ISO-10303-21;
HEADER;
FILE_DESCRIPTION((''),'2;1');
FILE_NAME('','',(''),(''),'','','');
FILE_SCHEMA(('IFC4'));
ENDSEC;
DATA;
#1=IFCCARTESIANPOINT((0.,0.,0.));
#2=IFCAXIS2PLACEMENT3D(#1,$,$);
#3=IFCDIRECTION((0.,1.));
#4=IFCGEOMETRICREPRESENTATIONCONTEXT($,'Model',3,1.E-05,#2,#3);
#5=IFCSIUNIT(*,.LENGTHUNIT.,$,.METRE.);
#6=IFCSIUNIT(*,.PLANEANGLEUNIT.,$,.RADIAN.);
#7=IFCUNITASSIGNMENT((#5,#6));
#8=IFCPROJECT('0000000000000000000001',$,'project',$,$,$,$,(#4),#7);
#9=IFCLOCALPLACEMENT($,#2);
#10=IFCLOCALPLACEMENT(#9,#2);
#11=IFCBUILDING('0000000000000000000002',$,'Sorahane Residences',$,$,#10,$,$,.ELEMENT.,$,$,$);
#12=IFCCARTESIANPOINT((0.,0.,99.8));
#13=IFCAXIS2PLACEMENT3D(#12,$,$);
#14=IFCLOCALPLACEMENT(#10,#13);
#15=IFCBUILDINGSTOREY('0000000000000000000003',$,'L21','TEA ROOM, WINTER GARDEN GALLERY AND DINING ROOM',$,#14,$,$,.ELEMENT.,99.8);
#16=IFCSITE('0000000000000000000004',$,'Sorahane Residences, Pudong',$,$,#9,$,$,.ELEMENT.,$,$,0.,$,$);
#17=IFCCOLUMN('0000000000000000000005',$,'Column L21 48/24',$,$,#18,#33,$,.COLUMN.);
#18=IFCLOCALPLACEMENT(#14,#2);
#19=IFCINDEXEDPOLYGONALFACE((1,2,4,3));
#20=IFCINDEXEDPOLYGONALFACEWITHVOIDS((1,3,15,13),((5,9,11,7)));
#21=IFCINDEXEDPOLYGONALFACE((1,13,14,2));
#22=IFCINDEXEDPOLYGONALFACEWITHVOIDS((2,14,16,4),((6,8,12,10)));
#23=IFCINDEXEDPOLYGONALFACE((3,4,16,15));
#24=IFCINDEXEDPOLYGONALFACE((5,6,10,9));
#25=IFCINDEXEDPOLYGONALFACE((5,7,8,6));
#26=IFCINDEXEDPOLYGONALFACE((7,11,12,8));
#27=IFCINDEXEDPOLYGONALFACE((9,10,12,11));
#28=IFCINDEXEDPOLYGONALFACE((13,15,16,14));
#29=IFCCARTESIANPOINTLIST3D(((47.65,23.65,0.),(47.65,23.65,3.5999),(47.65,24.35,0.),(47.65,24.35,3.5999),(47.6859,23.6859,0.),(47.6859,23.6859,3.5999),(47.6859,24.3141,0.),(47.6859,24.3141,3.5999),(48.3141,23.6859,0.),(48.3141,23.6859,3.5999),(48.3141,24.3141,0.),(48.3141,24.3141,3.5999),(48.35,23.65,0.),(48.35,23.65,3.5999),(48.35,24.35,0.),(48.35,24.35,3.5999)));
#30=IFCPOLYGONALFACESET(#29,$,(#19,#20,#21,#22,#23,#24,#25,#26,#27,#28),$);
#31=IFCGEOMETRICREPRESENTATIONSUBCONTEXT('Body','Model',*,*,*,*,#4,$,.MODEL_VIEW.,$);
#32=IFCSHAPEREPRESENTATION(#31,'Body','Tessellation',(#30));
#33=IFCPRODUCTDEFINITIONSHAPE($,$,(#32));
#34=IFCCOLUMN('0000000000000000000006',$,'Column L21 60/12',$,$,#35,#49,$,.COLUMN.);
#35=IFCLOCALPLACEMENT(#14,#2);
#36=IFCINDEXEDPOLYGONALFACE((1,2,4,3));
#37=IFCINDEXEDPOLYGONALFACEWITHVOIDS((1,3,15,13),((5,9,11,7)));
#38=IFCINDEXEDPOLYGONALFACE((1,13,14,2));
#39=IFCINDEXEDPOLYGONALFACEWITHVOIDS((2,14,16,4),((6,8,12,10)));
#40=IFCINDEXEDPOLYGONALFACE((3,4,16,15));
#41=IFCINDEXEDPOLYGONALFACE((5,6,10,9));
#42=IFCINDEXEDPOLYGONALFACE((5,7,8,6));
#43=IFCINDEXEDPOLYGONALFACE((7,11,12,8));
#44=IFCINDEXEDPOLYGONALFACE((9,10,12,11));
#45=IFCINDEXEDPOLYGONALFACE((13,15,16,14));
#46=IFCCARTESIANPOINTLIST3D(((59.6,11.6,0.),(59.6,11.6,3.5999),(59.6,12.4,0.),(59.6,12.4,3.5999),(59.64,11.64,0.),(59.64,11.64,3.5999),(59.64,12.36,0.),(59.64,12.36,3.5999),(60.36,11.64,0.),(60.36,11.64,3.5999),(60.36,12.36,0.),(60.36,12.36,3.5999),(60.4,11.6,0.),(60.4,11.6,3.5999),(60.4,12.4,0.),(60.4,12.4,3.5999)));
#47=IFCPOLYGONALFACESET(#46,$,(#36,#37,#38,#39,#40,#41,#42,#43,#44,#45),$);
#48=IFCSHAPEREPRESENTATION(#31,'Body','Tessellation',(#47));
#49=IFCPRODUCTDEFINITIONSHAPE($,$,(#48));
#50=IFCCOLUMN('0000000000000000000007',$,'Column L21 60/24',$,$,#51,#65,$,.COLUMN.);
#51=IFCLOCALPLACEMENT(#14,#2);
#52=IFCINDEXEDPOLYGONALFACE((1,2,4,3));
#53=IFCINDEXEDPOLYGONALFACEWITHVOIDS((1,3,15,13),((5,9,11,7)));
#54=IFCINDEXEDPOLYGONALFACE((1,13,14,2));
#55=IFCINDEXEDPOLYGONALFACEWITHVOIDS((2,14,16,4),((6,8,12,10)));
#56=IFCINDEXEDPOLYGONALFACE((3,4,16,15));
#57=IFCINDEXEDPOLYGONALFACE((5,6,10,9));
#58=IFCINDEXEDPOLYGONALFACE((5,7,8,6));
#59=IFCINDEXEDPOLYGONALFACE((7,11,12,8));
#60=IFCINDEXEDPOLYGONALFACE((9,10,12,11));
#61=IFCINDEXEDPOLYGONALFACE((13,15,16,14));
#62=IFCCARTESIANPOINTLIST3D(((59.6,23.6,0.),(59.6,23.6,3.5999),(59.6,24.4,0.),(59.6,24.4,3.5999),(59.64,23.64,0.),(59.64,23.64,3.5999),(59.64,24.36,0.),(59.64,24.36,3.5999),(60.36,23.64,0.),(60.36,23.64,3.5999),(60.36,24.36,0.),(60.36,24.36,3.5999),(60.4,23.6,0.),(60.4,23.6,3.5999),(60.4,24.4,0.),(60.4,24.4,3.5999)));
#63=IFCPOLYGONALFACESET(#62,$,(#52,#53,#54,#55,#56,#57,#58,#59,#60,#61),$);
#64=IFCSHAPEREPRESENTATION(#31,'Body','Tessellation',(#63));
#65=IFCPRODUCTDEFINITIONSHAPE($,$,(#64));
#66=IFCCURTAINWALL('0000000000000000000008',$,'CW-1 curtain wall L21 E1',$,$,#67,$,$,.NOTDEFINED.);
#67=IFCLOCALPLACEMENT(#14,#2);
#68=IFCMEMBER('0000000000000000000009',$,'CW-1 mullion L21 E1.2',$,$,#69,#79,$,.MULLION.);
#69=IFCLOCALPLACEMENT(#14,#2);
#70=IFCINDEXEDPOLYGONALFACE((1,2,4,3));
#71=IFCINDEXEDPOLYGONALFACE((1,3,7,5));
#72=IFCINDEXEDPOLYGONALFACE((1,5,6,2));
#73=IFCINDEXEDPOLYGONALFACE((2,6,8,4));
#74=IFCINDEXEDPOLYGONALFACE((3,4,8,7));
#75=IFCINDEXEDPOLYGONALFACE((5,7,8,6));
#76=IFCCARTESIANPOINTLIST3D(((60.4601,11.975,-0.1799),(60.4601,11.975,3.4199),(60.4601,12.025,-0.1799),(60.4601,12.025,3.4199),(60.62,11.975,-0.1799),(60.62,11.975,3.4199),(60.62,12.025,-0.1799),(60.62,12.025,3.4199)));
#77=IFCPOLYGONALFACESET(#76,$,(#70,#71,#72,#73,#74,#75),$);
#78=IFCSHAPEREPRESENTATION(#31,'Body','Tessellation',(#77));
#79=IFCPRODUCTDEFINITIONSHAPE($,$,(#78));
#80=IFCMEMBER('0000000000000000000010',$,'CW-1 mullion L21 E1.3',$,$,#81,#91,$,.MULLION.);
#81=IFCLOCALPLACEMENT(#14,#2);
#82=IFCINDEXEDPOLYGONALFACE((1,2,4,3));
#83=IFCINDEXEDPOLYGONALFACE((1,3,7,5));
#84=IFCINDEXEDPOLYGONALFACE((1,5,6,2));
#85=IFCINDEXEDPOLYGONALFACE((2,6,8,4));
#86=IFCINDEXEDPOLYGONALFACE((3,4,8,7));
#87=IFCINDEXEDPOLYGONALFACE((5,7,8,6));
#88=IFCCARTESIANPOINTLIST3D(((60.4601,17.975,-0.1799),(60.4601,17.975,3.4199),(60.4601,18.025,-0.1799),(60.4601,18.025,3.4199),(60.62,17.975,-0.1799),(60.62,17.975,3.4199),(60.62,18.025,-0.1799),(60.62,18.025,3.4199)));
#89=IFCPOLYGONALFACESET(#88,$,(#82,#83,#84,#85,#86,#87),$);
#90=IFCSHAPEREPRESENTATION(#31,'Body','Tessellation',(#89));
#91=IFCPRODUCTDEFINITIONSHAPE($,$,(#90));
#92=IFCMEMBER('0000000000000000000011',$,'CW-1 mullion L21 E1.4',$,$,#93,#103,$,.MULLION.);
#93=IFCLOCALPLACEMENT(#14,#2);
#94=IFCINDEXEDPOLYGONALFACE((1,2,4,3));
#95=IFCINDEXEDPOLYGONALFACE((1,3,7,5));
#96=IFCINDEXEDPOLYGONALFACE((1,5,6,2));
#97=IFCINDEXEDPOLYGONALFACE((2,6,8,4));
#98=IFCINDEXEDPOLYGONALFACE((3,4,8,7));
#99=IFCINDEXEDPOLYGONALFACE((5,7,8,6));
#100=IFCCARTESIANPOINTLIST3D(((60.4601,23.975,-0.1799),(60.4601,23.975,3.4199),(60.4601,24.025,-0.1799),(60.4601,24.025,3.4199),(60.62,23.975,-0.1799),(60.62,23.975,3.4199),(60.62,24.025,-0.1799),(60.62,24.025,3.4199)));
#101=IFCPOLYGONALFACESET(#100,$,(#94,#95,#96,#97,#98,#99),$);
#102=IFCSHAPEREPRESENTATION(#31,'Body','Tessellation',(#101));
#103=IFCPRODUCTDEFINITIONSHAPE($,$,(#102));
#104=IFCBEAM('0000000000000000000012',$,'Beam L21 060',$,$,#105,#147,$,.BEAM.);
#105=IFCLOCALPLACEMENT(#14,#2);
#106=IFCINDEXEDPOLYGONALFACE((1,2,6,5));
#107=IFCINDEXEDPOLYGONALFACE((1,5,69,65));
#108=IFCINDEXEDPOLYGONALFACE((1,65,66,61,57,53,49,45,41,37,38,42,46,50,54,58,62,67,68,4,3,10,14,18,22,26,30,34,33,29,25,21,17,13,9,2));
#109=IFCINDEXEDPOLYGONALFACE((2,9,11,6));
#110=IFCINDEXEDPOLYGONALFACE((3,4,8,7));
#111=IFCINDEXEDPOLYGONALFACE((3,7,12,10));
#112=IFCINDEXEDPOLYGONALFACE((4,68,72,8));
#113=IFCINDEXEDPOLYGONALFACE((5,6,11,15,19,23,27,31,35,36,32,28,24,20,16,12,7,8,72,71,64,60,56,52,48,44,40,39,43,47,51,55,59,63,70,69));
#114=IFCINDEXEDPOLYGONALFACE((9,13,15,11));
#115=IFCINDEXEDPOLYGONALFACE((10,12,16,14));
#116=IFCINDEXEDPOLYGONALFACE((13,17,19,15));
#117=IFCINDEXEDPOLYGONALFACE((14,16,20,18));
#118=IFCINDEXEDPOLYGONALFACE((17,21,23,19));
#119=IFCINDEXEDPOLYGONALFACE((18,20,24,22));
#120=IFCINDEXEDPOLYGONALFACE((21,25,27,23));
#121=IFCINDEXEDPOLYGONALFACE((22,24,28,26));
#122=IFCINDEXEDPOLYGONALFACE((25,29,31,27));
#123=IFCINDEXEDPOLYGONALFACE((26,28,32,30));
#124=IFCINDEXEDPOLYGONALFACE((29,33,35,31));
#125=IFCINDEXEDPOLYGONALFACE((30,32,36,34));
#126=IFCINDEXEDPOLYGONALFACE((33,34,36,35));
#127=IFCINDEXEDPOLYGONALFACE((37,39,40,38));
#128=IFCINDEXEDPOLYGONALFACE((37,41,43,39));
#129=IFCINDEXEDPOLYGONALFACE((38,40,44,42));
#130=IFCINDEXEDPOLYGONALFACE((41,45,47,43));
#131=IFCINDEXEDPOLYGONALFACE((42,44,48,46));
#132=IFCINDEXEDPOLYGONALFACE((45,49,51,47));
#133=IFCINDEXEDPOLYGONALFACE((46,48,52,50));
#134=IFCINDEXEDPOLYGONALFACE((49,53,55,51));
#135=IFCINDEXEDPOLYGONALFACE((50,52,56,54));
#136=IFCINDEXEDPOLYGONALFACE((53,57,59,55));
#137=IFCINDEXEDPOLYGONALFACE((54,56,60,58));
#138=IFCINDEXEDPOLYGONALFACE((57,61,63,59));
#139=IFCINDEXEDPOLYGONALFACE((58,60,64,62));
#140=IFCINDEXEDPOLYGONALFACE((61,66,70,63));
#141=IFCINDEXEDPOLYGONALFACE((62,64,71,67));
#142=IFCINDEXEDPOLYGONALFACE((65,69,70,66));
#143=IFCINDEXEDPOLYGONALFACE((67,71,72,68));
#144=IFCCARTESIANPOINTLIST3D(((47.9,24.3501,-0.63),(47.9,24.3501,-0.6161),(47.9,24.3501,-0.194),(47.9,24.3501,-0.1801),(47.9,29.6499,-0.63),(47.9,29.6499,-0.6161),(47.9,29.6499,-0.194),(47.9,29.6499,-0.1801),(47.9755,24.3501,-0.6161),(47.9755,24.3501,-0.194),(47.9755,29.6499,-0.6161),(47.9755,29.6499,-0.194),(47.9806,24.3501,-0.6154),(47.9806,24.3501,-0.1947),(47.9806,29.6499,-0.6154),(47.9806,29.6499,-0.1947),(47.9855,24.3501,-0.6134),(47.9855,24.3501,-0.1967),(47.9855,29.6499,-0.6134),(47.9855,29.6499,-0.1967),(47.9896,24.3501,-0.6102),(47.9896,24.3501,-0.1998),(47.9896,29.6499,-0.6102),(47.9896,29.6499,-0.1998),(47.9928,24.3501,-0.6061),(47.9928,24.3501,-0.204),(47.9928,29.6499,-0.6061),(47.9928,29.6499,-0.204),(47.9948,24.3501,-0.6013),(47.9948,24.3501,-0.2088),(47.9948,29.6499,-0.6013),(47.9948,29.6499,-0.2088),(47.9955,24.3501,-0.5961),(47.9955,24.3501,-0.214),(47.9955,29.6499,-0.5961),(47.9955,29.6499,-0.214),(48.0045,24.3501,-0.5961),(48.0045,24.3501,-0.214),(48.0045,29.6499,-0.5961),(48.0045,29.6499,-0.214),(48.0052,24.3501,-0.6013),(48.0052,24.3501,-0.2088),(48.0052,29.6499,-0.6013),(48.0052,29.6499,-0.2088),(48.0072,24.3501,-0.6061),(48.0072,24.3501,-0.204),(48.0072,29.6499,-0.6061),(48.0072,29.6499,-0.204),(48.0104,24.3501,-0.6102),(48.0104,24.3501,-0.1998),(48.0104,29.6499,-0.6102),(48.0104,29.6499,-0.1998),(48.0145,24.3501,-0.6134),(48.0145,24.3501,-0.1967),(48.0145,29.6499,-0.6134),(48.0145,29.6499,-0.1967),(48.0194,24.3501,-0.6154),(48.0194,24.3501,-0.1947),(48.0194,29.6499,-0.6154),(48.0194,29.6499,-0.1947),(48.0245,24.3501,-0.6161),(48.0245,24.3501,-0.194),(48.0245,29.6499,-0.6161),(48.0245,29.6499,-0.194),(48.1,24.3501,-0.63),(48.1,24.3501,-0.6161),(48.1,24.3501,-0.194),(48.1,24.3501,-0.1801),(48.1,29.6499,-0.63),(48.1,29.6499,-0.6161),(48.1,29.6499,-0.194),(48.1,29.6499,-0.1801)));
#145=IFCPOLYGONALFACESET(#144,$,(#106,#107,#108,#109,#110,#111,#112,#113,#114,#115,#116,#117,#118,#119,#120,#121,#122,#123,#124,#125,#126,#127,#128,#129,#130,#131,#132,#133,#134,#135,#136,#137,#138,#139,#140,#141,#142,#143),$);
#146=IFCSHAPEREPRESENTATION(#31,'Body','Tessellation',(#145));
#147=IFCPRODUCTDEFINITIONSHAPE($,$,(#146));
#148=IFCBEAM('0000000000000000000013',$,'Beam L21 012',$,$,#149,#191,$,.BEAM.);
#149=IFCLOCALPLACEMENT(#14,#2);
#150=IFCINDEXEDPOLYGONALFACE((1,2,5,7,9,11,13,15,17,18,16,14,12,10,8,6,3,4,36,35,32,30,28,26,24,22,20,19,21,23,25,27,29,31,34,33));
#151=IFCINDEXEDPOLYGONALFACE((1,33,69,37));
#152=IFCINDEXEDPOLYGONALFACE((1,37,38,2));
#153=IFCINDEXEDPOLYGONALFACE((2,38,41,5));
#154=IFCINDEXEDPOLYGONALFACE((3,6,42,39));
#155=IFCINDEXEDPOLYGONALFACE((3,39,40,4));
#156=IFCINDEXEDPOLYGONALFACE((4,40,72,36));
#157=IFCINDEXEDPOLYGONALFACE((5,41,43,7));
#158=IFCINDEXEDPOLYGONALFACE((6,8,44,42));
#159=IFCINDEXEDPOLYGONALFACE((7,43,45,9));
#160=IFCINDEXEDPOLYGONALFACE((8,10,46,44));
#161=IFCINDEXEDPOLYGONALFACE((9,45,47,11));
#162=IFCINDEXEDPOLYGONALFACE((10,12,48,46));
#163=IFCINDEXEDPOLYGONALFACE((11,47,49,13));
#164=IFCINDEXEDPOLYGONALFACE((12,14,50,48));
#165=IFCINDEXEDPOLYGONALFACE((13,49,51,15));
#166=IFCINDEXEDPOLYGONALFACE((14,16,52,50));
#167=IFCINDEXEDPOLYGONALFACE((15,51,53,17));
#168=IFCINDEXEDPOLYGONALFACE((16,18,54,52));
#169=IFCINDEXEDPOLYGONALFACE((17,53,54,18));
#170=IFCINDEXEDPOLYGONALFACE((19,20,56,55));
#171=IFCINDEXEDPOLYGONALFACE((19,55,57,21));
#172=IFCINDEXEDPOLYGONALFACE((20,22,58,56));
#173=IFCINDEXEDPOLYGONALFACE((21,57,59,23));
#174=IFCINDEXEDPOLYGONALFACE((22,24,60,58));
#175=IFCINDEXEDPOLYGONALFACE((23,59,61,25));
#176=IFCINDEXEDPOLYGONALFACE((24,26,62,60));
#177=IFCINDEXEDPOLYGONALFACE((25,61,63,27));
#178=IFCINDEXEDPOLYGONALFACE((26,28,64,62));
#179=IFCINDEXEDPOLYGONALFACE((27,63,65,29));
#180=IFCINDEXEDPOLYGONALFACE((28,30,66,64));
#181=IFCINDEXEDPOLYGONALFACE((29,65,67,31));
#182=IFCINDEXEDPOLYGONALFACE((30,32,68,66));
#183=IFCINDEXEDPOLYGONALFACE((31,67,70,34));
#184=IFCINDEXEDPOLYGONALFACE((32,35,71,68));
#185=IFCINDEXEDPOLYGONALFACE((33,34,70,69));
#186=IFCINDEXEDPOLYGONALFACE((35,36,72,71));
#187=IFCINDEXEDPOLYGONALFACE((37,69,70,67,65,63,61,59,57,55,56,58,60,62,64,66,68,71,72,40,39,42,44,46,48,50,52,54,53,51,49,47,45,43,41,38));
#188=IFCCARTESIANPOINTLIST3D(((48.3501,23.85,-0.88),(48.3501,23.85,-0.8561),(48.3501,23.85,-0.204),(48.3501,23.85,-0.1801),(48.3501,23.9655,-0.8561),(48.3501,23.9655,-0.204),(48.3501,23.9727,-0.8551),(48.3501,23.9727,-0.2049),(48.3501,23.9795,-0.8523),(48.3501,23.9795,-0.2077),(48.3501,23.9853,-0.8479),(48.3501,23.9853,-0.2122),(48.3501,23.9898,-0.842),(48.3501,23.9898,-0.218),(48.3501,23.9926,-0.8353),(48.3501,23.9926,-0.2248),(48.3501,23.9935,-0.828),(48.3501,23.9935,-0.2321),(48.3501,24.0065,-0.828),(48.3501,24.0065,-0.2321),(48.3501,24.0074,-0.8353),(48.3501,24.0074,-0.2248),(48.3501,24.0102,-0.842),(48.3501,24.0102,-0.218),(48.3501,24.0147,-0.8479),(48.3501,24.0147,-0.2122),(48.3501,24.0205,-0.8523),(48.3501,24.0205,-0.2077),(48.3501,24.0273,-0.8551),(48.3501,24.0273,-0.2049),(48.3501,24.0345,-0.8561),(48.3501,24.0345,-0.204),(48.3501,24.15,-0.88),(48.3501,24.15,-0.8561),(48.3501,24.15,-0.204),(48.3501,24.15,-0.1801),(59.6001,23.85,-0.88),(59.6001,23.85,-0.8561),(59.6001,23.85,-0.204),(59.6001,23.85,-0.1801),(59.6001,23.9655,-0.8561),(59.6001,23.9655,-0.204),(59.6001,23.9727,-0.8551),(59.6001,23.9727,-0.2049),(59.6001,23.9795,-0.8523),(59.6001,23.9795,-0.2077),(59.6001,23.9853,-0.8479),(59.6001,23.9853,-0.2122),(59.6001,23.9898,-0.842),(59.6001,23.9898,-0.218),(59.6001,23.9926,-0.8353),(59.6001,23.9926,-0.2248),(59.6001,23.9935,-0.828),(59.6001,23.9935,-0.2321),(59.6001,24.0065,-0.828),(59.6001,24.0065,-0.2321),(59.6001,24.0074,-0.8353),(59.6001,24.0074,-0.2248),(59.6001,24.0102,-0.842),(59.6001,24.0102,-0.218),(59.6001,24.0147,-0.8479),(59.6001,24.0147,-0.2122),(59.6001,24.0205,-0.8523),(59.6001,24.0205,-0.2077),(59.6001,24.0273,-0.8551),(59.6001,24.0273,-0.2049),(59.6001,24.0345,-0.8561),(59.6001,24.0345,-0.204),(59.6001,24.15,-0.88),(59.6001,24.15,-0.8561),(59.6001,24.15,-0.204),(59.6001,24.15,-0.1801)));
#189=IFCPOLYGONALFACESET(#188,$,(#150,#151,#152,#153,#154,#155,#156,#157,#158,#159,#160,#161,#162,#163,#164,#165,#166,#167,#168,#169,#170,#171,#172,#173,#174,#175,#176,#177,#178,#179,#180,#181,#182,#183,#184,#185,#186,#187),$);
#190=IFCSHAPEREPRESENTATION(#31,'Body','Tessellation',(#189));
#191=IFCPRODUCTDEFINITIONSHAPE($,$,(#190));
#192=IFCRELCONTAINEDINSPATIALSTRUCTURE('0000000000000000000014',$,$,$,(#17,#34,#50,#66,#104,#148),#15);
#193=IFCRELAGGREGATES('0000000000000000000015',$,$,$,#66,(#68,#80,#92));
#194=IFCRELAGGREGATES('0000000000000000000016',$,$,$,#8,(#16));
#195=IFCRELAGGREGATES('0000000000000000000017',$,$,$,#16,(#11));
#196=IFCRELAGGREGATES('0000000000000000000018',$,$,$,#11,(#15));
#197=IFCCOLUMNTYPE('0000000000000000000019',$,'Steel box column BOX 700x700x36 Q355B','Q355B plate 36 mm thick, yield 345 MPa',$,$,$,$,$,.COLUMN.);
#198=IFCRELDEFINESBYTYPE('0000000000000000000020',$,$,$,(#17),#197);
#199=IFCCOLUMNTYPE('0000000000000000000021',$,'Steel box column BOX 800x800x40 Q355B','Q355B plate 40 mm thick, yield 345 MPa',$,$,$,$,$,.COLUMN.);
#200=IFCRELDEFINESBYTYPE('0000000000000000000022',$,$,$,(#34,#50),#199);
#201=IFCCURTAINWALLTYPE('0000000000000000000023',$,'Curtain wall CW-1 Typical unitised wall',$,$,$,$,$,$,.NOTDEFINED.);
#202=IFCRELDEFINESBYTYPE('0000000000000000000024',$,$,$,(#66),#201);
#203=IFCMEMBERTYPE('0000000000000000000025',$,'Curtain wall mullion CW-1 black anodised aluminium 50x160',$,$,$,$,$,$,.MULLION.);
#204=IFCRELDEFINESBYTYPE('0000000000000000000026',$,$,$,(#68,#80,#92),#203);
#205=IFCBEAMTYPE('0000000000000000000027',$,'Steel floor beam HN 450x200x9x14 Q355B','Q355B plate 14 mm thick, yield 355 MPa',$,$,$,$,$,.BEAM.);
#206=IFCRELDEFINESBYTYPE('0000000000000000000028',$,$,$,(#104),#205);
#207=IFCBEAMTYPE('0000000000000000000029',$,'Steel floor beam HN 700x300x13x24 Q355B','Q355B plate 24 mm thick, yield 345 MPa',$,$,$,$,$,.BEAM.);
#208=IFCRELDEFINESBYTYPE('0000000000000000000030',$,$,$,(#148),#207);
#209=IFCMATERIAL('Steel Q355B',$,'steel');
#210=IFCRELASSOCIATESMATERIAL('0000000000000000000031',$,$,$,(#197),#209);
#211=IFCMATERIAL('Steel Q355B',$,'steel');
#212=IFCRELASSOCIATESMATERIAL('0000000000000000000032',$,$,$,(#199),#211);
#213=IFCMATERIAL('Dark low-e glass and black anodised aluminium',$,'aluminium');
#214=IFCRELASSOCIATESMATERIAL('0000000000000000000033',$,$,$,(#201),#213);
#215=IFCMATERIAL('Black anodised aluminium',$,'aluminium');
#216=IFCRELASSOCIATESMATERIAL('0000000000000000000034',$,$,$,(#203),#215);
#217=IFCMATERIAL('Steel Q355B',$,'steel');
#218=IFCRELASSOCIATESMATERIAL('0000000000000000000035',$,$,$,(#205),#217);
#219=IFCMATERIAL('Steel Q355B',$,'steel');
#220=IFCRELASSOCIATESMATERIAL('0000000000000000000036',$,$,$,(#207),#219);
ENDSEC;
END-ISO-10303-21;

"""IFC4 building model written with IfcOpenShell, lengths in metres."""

from ifc_helpers import new_model, si_unit, direction, frame, origin, origin_2d, place, context, subcontext, project, spatial, rectangle, hollow_rectangle, i_section, extrude, material, material_profile, profile_set, type_object, element, aggregate, save


model = new_model("IFC4")

# Units and contexts
model_context = context("Model", 3, precision=1e-05, world=origin(), true_north=direction((0.0, 1.0)))
body_context = subcontext(model_context, "Body", "Model", "MODEL_VIEW")
ifc_project = project(units=[si_unit("LENGTHUNIT", "METRE"), si_unit("PLANEANGLEUNIT", "RADIAN")], contexts=[model_context])

# Site, building, storey
site_placement = place(None, origin())
site = spatial("IfcSite", under=ifc_project, at=site_placement, Name="Sorahane Residences, Pudong", CompositionType="ELEMENT", RefElevation=0.0)
building_placement = place(site_placement, origin())
building = spatial("IfcBuilding", under=site, at=building_placement, Name="Sorahane Residences", CompositionType="ELEMENT")
storey_placement = place(building_placement, frame((0.0, 0.0, 99.8)))
storey = spatial("IfcBuildingStorey", under=building, at=storey_placement, Name="L21", Description="TEA ROOM, WINTER GARDEN GALLERY AND DINING ROOM", CompositionType="ELEMENT", Elevation=99.8)

# Columns
ifc_material_1 = material(Name="Steel Q355B", Category="steel")
ifc_material_profile_1 = material_profile(ifc_material_1, hollow_rectangle(XDim=0.7, YDim=0.7, WallThickness=0.0359, at=origin_2d()), Name="BOX 700x700x36")
ifc_profile_set_1 = profile_set([ifc_material_profile_1], Name="Steel Q355B")
column_type_1 = type_object("IfcColumnType", Name="Steel box column BOX 700x700x36 Q355B", Description="Q355B plate 36 mm thick, yield 345 MPa", PredefinedType="COLUMN", material=ifc_profile_set_1)
column_placement = place(storey_placement, frame((48.0, 24.0, 0.0), z_axis=(0.0, 0.0, 1.0), x_axis=(1.0, 0.0, 0.0)))
element("IfcColumn", 1, at=column_placement, inside=storey, type_object=column_type_1, Name="Column L21 48/24", PredefinedType="COLUMN", context=body_context, shape_type="SweptSolid", body=[
    extrude(hollow_rectangle(XDim=0.7, YDim=0.7, WallThickness=0.0359, at=origin_2d()), origin(), (0.0, 0.0, 1.0), 3.5999),
])
ifc_material_2 = material(Name="Steel Q355B", Category="steel")
ifc_material_profile_2 = material_profile(ifc_material_2, hollow_rectangle(XDim=0.8, YDim=0.8, WallThickness=0.04, at=origin_2d()), Name="BOX 800x800x40")
ifc_profile_set_2 = profile_set([ifc_material_profile_2], Name="Steel Q355B")
column_type_2 = type_object("IfcColumnType", Name="Steel box column BOX 800x800x40 Q355B", Description="Q355B plate 40 mm thick, yield 345 MPa", PredefinedType="COLUMN", material=ifc_profile_set_2)
for number, where, z_axis, x_axis, name in (
    (2, (60.0, 12.0, 0.0), (0.0, 0.0, 1.0), (1.0, 0.0, 0.0), "Column L21 60/12"),
    (3, (60.0, 24.0, 0.0), (0.0, 0.0, 1.0), (1.0, 0.0, 0.0), "Column L21 60/24"),
):
    element("IfcColumn", number, at=place(storey_placement, frame(where, z_axis=z_axis, x_axis=x_axis)), inside=storey, type_object=column_type_2, Name=name, PredefinedType="COLUMN", context=body_context, shape_type="SweptSolid", body=[
        extrude(hollow_rectangle(XDim=0.8, YDim=0.8, WallThickness=0.04, at=origin_2d()), origin(), (0.0, 0.0, 1.0), 3.5999),
    ])

# Curtain wall, members
ifc_material_3 = material(Name="Dark low-e glass and black anodised aluminium", Category="aluminium")
curtain_wall_type = type_object("IfcCurtainWallType", Name="Curtain wall CW-1 Typical unitised wall", PredefinedType="NOTDEFINED", material=ifc_material_3)
curtain_wall_placement = place(storey_placement, origin())
curtain_wall = element("IfcCurtainWall", 4, at=curtain_wall_placement, inside=storey, type_object=curtain_wall_type, Name="CW-1 curtain wall L21 E1", PredefinedType="NOTDEFINED")
ifc_material_4 = material(Name="Black anodised aluminium", Category="aluminium")
ifc_material_profile_3 = material_profile(ifc_material_4, rectangle(XDim=0.1599, YDim=0.05, at=origin_2d()), Name="Curtain wall mullion CW-1 black anodised aluminium 50x160")
ifc_profile_set_3 = profile_set([ifc_material_profile_3], Name="Black anodised aluminium")
member_type = type_object("IfcMemberType", Name="Curtain wall mullion CW-1 black anodised aluminium 50x160", PredefinedType="MULLION", material=ifc_profile_set_3)
member_1_placement = place(storey_placement, frame((60.54, 12.0, -0.1799), z_axis=(0.0, 0.0, 1.0), x_axis=(1.0, 0.0, 0.0)))
member_1 = element("IfcMember", 5, at=member_1_placement, type_object=member_type, Name="CW-1 mullion L21 E1.2", PredefinedType="MULLION", context=body_context, shape_type="SweptSolid", body=[
    extrude(rectangle(XDim=0.1599, YDim=0.05, at=origin_2d()), origin(), (0.0, 0.0, 1.0), 3.5999),
])
member_2_placement = place(storey_placement, frame((60.54, 18.0, -0.1799), z_axis=(0.0, 0.0, 1.0), x_axis=(1.0, 0.0, 0.0)))
member_2 = element("IfcMember", 6, at=member_2_placement, type_object=member_type, Name="CW-1 mullion L21 E1.3", PredefinedType="MULLION", context=body_context, shape_type="SweptSolid", body=[
    extrude(rectangle(XDim=0.1599, YDim=0.05, at=origin_2d()), origin(), (0.0, 0.0, 1.0), 3.5999),
])
member_3_placement = place(storey_placement, frame((60.54, 24.0, -0.1799), z_axis=(0.0, 0.0, 1.0), x_axis=(1.0, 0.0, 0.0)))
member_3 = element("IfcMember", 7, at=member_3_placement, type_object=member_type, Name="CW-1 mullion L21 E1.4", PredefinedType="MULLION", context=body_context, shape_type="SweptSolid", body=[
    extrude(rectangle(XDim=0.1599, YDim=0.05, at=origin_2d()), origin(), (0.0, 0.0, 1.0), 3.5999),
])

# Beams
ifc_material_5 = material(Name="Steel Q355B", Category="steel")
ifc_material_profile_4 = material_profile(ifc_material_5, i_section(OverallWidth=0.2, OverallDepth=0.45, WebThickness=0.009, FlangeThickness=0.0139, FilletRadius=0.02, at=origin_2d()), Name="HN 450x200x9x14")
ifc_profile_set_4 = profile_set([ifc_material_profile_4], Name="Steel Q355B")
beam_type_1 = type_object("IfcBeamType", Name="Steel floor beam HN 450x200x9x14 Q355B", Description="Q355B plate 14 mm thick, yield 355 MPa", PredefinedType="BEAM", material=ifc_profile_set_4)
beam_1_placement = place(storey_placement, frame((48.0, 24.3501, -0.405), z_axis=(0.0, 1.0, 0.0), x_axis=(-1.0, 0.0, 0.0)))
element("IfcBeam", 8, at=beam_1_placement, inside=storey, type_object=beam_type_1, Name="Beam L21 060", PredefinedType="BEAM", context=body_context, shape_type="SweptSolid", body=[
    extrude(i_section(OverallWidth=0.2, OverallDepth=0.45, WebThickness=0.009, FlangeThickness=0.0139, FilletRadius=0.02, at=origin_2d()), origin(), (0.0, 0.0, 1.0), 5.2998),
])
ifc_material_6 = material(Name="Steel Q355B", Category="steel")
ifc_material_profile_5 = material_profile(ifc_material_6, i_section(OverallWidth=0.3, OverallDepth=0.7, WebThickness=0.0129, FlangeThickness=0.0239, FilletRadius=0.0281, at=origin_2d()), Name="HN 700x300x13x24")
ifc_profile_set_5 = profile_set([ifc_material_profile_5], Name="Steel Q355B")
beam_type_2 = type_object("IfcBeamType", Name="Steel floor beam HN 700x300x13x24 Q355B", Description="Q355B plate 24 mm thick, yield 345 MPa", PredefinedType="BEAM", material=ifc_profile_set_5)
beam_2_placement = place(storey_placement, frame((48.3501, 24.0, -0.53), z_axis=(1.0, 0.0, 0.0), x_axis=(0.0, 1.0, 0.0)))
element("IfcBeam", 9, at=beam_2_placement, inside=storey, type_object=beam_type_2, Name="Beam L21 012", PredefinedType="BEAM", context=body_context, shape_type="SweptSolid", body=[
    extrude(i_section(OverallWidth=0.3, OverallDepth=0.7, WebThickness=0.0129, FlangeThickness=0.0239, FilletRadius=0.0281, at=origin_2d()), origin(), (0.0, 0.0, 1.0), 11.25),
])

aggregate(curtain_wall, [member_1, member_2, member_3])

save(model, "model.ifc")
